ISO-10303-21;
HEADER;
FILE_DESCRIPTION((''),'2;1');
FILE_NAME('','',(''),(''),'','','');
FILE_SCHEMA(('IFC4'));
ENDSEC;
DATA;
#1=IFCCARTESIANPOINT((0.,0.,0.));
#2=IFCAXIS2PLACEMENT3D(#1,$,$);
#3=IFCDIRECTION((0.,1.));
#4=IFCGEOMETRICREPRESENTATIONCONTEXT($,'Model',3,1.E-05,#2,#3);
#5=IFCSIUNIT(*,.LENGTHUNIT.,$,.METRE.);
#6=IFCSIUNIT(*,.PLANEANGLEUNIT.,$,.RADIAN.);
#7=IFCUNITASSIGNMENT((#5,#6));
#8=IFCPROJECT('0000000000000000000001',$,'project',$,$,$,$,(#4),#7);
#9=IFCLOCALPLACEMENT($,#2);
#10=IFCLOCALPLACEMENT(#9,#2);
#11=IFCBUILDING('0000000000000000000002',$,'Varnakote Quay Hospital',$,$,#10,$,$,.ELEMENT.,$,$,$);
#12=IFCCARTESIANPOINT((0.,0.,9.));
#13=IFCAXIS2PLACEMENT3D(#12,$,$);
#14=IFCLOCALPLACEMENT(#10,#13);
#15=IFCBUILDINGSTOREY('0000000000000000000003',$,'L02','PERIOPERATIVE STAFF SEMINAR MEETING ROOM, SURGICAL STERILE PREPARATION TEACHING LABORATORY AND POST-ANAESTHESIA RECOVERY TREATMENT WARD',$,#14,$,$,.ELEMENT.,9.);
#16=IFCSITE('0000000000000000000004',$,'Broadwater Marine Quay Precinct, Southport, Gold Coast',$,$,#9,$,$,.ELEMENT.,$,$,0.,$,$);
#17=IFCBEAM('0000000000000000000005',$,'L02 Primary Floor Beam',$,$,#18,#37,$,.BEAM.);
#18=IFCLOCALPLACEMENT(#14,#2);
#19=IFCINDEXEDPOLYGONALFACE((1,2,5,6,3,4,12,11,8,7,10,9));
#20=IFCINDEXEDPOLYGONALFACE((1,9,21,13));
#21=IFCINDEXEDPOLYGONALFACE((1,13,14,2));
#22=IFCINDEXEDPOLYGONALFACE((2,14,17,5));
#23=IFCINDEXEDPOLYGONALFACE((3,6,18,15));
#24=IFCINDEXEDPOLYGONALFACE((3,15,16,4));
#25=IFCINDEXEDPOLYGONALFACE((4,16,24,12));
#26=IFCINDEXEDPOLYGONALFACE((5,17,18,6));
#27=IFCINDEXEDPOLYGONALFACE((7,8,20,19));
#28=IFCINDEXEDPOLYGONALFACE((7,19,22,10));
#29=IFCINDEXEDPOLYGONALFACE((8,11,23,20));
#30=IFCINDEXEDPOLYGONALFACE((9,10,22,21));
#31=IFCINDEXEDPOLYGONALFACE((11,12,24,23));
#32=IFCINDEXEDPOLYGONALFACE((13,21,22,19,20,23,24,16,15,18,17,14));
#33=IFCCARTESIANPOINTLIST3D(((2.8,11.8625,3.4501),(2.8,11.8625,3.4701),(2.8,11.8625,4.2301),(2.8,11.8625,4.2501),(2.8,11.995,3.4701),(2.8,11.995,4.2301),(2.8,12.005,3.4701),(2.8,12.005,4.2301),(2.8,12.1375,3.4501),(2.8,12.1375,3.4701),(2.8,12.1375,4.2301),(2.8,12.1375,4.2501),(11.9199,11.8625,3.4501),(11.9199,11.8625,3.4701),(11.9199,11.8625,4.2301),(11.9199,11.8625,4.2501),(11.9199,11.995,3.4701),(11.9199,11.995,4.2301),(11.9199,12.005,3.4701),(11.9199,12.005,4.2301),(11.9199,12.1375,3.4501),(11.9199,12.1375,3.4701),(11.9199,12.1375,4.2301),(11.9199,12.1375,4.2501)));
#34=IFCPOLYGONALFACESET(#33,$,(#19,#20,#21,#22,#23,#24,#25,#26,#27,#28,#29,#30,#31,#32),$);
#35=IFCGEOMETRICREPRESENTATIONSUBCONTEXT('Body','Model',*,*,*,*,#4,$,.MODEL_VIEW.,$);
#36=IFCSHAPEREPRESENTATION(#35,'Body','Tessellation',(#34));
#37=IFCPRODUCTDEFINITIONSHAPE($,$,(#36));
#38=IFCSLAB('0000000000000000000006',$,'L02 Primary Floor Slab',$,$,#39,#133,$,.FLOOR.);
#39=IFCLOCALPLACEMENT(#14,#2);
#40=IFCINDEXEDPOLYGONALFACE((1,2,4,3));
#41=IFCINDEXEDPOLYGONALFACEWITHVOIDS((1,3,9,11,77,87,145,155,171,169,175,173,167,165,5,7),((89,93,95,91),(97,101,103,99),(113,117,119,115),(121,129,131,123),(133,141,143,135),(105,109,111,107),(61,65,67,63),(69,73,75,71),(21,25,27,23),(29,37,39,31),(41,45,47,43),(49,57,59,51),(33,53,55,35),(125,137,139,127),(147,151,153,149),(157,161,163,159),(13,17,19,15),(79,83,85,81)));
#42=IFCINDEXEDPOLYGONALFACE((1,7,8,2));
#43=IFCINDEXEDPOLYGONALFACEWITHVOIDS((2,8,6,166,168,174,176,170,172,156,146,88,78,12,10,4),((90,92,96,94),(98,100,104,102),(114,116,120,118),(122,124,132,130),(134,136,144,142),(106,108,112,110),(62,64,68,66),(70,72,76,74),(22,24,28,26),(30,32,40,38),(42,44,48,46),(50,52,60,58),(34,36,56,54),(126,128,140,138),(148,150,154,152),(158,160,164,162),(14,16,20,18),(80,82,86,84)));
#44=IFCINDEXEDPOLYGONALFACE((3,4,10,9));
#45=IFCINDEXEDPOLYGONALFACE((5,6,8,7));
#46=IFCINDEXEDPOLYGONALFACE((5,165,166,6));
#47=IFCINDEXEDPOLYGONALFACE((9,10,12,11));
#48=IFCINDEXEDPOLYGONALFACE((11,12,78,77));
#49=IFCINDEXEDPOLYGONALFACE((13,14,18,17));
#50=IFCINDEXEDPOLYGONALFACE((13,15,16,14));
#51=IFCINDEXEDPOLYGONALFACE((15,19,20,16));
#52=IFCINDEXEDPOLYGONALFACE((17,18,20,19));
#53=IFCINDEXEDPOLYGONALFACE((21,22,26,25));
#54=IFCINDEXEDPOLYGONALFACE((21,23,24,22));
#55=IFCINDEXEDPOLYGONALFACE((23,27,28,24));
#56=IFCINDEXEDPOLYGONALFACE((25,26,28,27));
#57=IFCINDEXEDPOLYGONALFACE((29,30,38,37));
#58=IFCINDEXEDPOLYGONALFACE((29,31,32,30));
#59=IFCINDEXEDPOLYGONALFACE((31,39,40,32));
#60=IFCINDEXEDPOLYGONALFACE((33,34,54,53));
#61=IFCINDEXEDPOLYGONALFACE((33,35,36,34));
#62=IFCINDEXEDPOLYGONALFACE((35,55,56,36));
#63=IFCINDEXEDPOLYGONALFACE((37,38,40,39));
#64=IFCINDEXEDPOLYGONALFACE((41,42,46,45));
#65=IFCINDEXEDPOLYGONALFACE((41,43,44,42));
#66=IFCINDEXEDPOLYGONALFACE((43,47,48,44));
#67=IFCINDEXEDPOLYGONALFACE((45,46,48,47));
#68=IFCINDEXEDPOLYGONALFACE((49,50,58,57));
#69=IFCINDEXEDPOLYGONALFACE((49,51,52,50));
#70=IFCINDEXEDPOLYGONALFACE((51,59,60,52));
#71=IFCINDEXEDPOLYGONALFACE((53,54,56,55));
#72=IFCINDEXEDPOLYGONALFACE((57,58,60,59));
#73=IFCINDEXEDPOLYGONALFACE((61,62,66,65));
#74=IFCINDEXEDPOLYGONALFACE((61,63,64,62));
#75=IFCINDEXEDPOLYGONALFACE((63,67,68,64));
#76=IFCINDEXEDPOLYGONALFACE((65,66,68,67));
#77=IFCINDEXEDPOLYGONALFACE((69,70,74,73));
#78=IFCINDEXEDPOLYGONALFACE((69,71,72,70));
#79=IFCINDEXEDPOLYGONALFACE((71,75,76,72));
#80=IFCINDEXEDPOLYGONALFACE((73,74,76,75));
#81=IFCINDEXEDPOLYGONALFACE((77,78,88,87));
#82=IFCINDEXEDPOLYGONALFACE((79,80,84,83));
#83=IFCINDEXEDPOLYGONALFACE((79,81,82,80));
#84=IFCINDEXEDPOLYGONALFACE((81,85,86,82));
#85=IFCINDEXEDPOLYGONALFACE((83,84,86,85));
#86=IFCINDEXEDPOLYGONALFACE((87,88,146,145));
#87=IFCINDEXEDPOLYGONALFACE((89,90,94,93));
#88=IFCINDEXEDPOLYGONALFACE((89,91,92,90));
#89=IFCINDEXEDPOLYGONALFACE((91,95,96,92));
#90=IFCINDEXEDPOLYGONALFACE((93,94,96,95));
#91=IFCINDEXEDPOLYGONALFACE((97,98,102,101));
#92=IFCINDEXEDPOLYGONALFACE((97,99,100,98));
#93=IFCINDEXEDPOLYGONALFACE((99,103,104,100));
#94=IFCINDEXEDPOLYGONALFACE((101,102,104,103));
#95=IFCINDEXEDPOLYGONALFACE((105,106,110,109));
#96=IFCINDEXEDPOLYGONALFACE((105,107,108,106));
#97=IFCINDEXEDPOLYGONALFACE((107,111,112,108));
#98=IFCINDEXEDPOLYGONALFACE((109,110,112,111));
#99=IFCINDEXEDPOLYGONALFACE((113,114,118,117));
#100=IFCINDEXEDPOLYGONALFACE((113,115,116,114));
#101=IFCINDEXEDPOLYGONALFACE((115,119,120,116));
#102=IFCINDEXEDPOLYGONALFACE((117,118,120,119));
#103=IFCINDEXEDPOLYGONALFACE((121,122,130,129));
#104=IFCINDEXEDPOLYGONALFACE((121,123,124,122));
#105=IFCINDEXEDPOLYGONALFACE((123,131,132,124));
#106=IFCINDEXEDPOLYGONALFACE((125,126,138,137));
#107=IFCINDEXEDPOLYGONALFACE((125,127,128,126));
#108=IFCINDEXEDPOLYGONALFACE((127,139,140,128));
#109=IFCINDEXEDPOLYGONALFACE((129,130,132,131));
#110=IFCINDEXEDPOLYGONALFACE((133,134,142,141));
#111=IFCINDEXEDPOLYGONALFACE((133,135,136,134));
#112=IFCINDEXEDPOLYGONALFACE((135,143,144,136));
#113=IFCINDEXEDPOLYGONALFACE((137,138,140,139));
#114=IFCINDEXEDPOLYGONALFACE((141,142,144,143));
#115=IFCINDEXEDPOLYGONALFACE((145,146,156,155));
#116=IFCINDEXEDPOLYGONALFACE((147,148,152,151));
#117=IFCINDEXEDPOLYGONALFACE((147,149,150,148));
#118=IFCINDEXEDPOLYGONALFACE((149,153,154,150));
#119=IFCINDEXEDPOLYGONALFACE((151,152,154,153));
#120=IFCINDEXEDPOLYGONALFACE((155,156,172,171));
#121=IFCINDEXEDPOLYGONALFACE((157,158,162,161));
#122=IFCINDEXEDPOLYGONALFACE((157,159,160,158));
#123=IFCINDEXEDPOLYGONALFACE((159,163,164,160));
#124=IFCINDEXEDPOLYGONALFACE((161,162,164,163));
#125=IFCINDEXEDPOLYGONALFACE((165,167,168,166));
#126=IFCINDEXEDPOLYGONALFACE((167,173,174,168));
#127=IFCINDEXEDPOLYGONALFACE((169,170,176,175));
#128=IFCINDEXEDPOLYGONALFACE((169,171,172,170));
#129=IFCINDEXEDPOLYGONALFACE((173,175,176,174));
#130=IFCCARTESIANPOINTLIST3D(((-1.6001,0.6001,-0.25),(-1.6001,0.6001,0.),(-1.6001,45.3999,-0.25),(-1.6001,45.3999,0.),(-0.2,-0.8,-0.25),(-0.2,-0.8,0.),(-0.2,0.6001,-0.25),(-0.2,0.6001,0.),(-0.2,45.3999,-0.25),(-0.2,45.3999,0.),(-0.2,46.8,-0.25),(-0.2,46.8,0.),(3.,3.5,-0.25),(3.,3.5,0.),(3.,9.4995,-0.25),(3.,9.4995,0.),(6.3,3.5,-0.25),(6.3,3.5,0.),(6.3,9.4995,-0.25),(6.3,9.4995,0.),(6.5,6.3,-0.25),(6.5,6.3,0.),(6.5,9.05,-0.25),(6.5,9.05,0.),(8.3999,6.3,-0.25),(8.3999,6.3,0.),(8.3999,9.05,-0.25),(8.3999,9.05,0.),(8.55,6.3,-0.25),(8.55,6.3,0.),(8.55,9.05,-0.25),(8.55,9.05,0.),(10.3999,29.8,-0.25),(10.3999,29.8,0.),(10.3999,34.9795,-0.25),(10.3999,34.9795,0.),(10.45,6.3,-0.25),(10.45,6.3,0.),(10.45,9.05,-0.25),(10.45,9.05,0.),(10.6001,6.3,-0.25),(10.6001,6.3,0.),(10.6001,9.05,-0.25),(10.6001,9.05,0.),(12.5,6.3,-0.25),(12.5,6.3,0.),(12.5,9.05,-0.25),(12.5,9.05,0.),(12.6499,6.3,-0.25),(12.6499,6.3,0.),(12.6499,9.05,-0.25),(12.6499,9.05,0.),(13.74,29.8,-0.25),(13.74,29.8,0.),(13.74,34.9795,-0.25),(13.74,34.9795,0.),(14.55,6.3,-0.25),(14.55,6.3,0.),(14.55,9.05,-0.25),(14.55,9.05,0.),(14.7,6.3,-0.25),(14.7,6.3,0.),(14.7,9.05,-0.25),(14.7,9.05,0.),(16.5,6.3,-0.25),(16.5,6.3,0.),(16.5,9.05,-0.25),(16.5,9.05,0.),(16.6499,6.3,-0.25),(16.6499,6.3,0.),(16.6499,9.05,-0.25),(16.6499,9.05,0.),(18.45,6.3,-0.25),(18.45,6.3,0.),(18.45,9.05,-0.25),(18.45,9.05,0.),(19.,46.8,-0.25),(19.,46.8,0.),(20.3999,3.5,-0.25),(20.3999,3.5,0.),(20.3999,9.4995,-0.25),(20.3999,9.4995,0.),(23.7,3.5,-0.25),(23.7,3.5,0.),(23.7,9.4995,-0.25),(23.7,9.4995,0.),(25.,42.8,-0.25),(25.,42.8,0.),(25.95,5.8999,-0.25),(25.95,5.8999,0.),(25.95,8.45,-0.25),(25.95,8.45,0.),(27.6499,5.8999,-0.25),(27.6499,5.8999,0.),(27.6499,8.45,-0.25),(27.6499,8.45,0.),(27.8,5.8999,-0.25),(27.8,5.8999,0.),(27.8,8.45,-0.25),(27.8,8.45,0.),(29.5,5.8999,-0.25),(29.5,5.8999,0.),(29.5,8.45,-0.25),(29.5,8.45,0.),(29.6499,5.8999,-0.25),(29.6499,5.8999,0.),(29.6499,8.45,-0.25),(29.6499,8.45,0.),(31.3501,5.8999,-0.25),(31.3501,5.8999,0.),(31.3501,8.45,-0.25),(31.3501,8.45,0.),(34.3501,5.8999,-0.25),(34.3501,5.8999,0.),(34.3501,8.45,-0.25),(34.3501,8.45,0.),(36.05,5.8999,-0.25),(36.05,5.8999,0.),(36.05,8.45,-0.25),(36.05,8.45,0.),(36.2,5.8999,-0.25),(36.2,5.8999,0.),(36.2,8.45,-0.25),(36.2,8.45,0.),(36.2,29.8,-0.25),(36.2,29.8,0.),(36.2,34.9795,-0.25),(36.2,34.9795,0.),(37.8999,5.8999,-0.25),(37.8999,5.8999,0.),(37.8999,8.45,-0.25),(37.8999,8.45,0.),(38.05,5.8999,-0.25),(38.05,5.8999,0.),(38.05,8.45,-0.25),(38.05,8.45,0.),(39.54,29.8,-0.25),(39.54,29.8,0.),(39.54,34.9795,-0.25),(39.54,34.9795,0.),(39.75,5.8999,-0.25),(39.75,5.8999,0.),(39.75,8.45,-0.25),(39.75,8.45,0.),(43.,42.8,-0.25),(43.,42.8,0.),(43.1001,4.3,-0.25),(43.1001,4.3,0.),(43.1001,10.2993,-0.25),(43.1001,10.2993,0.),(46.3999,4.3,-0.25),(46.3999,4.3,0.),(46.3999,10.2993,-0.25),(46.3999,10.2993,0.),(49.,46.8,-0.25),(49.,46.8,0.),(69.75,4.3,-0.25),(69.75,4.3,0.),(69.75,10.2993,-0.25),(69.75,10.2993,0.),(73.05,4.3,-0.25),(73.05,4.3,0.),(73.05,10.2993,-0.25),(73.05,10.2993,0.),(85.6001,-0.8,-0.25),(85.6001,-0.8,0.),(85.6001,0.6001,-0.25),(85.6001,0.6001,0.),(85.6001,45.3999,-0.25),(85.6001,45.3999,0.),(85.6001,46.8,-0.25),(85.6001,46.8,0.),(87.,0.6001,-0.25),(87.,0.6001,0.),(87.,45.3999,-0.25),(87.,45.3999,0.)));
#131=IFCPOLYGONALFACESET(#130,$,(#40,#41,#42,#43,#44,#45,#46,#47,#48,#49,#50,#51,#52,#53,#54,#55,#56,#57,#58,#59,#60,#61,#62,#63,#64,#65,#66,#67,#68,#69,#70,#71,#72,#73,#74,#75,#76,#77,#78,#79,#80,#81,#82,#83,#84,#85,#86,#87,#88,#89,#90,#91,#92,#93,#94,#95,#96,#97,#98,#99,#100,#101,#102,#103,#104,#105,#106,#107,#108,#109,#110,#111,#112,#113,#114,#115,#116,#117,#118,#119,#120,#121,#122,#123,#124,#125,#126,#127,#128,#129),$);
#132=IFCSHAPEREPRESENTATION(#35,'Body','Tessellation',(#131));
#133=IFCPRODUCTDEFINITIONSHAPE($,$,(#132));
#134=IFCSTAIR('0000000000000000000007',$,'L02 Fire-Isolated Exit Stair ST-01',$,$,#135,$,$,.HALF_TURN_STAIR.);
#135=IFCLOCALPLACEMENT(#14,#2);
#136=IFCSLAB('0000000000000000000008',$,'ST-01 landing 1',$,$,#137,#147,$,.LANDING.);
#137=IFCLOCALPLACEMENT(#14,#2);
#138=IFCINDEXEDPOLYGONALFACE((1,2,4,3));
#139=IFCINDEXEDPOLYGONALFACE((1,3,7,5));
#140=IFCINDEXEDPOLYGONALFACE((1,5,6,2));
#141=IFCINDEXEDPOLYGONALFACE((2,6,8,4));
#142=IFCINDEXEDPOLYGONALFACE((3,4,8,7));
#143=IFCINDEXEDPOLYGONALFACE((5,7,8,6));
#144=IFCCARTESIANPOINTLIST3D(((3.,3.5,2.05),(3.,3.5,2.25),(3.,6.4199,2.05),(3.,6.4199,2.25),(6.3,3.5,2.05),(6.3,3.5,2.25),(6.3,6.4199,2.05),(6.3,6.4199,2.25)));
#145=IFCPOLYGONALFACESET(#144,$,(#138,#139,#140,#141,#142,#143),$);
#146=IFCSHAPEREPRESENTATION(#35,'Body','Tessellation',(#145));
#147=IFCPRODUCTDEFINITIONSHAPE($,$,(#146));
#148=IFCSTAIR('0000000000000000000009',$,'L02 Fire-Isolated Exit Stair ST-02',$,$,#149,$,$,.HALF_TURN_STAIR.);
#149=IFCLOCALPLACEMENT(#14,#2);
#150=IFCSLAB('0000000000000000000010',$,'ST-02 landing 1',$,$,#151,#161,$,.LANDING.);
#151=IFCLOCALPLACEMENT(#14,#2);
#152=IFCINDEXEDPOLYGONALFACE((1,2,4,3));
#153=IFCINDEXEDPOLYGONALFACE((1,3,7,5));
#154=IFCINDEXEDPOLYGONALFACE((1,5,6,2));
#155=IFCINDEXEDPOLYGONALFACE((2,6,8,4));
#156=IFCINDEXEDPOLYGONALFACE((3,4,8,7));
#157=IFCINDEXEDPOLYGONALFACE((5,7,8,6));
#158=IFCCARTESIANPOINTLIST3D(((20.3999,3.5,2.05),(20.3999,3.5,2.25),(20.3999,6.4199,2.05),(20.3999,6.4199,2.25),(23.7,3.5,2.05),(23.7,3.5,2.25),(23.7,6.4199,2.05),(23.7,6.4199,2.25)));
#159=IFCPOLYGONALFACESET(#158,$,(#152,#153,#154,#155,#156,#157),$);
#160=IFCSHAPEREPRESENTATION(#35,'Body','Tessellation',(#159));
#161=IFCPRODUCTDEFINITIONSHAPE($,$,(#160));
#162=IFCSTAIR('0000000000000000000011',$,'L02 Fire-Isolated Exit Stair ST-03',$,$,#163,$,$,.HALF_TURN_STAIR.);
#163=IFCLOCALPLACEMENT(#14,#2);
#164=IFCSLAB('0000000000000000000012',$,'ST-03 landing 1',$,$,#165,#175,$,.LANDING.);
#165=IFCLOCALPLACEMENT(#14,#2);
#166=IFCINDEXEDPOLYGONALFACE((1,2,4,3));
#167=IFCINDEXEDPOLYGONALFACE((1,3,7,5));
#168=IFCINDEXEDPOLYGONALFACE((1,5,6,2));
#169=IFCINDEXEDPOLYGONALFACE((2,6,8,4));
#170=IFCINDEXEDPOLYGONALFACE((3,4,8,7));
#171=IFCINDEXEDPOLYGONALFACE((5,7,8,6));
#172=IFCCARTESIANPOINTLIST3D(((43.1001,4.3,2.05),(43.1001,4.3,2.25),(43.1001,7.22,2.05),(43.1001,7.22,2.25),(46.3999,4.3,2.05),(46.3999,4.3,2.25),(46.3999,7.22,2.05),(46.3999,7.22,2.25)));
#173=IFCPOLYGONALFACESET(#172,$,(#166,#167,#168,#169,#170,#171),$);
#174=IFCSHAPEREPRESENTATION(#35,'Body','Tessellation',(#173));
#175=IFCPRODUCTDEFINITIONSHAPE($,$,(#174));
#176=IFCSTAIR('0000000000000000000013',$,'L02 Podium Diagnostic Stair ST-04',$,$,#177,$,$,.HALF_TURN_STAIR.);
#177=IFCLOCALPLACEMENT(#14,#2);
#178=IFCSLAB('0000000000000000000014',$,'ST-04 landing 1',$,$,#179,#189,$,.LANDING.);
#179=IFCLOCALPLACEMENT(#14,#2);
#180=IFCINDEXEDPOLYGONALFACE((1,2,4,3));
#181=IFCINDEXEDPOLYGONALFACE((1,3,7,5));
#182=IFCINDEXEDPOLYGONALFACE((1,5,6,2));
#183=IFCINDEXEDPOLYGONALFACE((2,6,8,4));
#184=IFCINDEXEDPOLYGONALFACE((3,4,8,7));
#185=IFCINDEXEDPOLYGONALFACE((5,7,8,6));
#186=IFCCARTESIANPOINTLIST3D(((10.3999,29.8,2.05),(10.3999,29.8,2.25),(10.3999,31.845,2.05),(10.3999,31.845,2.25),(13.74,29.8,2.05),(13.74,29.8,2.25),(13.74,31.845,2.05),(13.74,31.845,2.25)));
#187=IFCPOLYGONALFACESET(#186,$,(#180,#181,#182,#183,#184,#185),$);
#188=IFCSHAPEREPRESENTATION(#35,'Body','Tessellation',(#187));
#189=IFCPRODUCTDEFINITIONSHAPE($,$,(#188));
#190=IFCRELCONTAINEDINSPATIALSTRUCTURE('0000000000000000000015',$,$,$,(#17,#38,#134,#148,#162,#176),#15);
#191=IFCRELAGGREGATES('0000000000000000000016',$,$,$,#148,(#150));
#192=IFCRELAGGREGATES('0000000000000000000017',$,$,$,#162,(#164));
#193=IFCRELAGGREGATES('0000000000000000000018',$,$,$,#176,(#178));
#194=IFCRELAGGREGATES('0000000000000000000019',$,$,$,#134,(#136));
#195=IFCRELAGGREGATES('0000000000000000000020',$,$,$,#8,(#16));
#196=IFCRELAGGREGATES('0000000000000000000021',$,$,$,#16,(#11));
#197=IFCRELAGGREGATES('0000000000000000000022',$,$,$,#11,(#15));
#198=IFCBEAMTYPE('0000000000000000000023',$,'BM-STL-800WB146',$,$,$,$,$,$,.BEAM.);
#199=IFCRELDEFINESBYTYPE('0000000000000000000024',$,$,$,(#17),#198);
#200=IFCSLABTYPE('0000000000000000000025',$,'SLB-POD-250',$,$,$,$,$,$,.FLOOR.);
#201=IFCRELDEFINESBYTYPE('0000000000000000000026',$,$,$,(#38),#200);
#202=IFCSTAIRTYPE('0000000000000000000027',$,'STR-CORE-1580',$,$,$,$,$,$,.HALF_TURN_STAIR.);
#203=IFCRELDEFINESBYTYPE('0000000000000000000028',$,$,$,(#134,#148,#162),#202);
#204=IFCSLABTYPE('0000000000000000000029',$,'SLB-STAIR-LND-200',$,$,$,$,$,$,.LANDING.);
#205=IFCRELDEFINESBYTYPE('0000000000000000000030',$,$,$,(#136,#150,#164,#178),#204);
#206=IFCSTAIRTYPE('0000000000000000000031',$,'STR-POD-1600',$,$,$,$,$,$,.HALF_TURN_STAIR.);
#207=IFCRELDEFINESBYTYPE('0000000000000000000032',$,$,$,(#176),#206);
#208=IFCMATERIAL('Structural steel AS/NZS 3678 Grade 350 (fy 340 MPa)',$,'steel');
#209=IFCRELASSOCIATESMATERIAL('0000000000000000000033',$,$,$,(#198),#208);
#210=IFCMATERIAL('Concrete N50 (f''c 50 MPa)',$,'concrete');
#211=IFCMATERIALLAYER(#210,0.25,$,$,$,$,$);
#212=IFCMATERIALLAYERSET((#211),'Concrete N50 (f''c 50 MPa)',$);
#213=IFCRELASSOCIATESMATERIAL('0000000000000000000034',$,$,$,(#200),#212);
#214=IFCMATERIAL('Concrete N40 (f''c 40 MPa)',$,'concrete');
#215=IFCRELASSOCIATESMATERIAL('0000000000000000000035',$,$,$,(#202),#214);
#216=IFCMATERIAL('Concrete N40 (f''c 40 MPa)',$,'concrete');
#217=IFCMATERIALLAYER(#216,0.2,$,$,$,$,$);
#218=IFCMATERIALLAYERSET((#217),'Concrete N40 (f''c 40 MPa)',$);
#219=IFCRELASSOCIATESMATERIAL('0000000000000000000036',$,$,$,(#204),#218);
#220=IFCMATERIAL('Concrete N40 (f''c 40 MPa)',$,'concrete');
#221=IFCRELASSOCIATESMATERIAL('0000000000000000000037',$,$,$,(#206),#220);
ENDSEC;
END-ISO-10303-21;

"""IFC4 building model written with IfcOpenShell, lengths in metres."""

from ifc_helpers import new_model, si_unit, direction, frame, origin, origin_2d, place, context, subcontext, project, spatial, polyline, i_section, outline, extrude, material, layer, layer_set, material_profile, profile_set, type_object, element, aggregate, save


model = new_model("IFC4")

# Units and contexts
model_context = context("Model", 3, precision=1e-05, world=origin(), true_north=direction((0.0, 1.0)))
body_context = subcontext(model_context, "Body", "Model", "MODEL_VIEW")
ifc_project = project(units=[si_unit("LENGTHUNIT", "METRE"), si_unit("PLANEANGLEUNIT", "RADIAN")], contexts=[model_context])

# Site, building, storey
site_placement = place(None, origin())
site = spatial("IfcSite", under=ifc_project, at=site_placement, Name="Broadwater Marine Quay Precinct, Southport, Gold Coast", CompositionType="ELEMENT", RefElevation=0.0)
building_placement = place(site_placement, origin())
building = spatial("IfcBuilding", under=site, at=building_placement, Name="Varnakote Quay Hospital", CompositionType="ELEMENT")
storey_placement = place(building_placement, frame((0.0, 0.0, 9.0)))
storey = spatial("IfcBuildingStorey", under=building, at=storey_placement, Name="L02", Description="PERIOPERATIVE STAFF SEMINAR MEETING ROOM, SURGICAL STERILE PREPARATION TEACHING LABORATORY AND POST-ANAESTHESIA RECOVERY TREATMENT WARD", CompositionType="ELEMENT", Elevation=9.0)

# Beam
ifc_material_1 = material(Name="Structural steel AS/NZS 3678 Grade 350 (fy 340 MPa)", Category="steel")
ifc_material_profile_1 = material_profile(ifc_material_1, i_section(OverallWidth=0.2749, OverallDepth=0.8, WebThickness=0.01, FlangeThickness=0.02, at=origin_2d()), Name="800WB146")
ifc_profile_set_1 = profile_set([ifc_material_profile_1], Name="Structural steel AS/NZS 3678 Grade 350 (fy 340 MPa)")
beam_type_1 = type_object("IfcBeamType", Name="BM-STL-800WB146", PredefinedType="BEAM", material=ifc_profile_set_1)
beam_1_placement = place(storey_placement, frame((2.8, 12.0, 3.8501), z_axis=(1.0, 0.0, 0.0), x_axis=(0.0, 1.0, 0.0)))
element("IfcBeam", 1, at=beam_1_placement, inside=storey, type_object=beam_type_1, Name="L02 Primary Floor Beam", PredefinedType="BEAM", context=body_context, shape_type="SweptSolid", body=[
    extrude(i_section(OverallWidth=0.2749, OverallDepth=0.8, WebThickness=0.01, FlangeThickness=0.02, at=origin_2d()), origin(), (0.0, 0.0, 1.0), 9.1199),
])

# Slab
ifc_material_2 = material(Name="Concrete N50 (f'c 50 MPa)", Category="concrete")
ifc_layer_1 = layer(ifc_material_2, 0.25)
ifc_layer_set_1 = layer_set([ifc_layer_1], Name="Concrete N50 (f'c 50 MPa)")
slab_type_1 = type_object("IfcSlabType", Name="SLB-POD-250", PredefinedType="FLOOR", material=ifc_layer_set_1)
slab_1_placement = place(storey_placement, frame((0.0, 0.0, -0.25)))
element("IfcSlab", 2, at=slab_1_placement, inside=storey, type_object=slab_type_1, Name="L02 Primary Floor Slab", PredefinedType="FLOOR", context=body_context, shape_type="SweptSolid", body=[
    extrude(outline(polyline([(-1.6001, 0.6001), (-0.2, 0.6001), (-0.2, -0.8), (85.6001, -0.8), (85.6001, 0.6001), (87.0, 0.6001), (87.0, 45.3999), (85.6001, 45.3999), (85.6001, 46.8), (49.0, 46.8), (43.0, 42.8), (25.0, 42.8), (19.0, 46.8), (-0.2, 46.8), (-0.2, 45.3999), (-1.6001, 45.3999), (-1.6001, 0.6001)]), holes=[polyline([(3.0, 3.5), (6.3, 3.5), (6.3, 9.4995), (3.0, 9.4995), (3.0, 3.5)]), polyline([(20.3999, 3.5), (23.7, 3.5), (23.7, 9.4995), (20.3999, 9.4995), (20.3999, 3.5)]), polyline([(43.1001, 4.3), (46.3999, 4.3), (46.3999, 10.2993), (43.1001, 10.2993), (43.1001, 4.3)]), polyline([(10.3999, 29.8), (13.74, 29.8), (13.74, 34.9795), (10.3999, 34.9795), (10.3999, 29.8)]), polyline([(36.2, 29.8), (39.54, 29.8), (39.54, 34.9795), (36.2, 34.9795), (36.2, 29.8)]), polyline([(69.75, 4.3), (73.05, 4.3), (73.05, 10.2993), (69.75, 10.2993), (69.75, 4.3)]), polyline([(6.5, 6.3), (8.3999, 6.3), (8.3999, 9.05), (6.5, 9.05), (6.5, 6.3)]), polyline([(8.55, 6.3), (10.45, 6.3), (10.45, 9.05), (8.55, 9.05), (8.55, 6.3)]), polyline([(10.6001, 6.3), (12.5, 6.3), (12.5, 9.05), (10.6001, 9.05), (10.6001, 6.3)]), polyline([(12.6499, 6.3), (14.55, 6.3), (14.55, 9.05), (12.6499, 9.05), (12.6499, 6.3)]), polyline([(14.7, 6.3), (16.5, 6.3), (16.5, 9.05), (14.7, 9.05), (14.7, 6.3)]), polyline([(16.6499, 6.3), (18.45, 6.3), (18.45, 9.05), (16.6499, 9.05), (16.6499, 6.3)]), polyline([(25.95, 5.8999), (27.6499, 5.8999), (27.6499, 8.45), (25.95, 8.45), (25.95, 5.8999)]), polyline([(27.8, 5.8999), (29.5, 5.8999), (29.5, 8.45), (27.8, 8.45), (27.8, 5.8999)]), polyline([(29.6499, 5.8999), (31.3501, 5.8999), (31.3501, 8.45), (29.6499, 8.45), (29.6499, 5.8999)]), polyline([(34.3501, 5.8999), (36.05, 5.8999), (36.05, 8.45), (34.3501, 8.45), (34.3501, 5.8999)]), polyline([(36.2, 5.8999), (37.8999, 5.8999), (37.8999, 8.45), (36.2, 8.45), (36.2, 5.8999)]), polyline([(38.05, 5.8999), (39.75, 5.8999), (39.75, 8.45), (38.05, 8.45), (38.05, 5.8999)])]), origin(), (0.0, 0.0, 1.0), 0.25),
])

# Stairs, slabs
ifc_material_3 = material(Name="Concrete N40 (f'c 40 MPa)", Category="concrete")
stair_type_1 = type_object("IfcStairType", Name="STR-CORE-1580", PredefinedType="HALF_TURN_STAIR", material=ifc_material_3)
stair_1_placement = place(storey_placement, origin())
stair_1 = element("IfcStair", 3, at=stair_1_placement, inside=storey, type_object=stair_type_1, Name="L02 Fire-Isolated Exit Stair ST-01", PredefinedType="HALF_TURN_STAIR")
ifc_material_4 = material(Name="Concrete N40 (f'c 40 MPa)", Category="concrete")
ifc_layer_2 = layer(ifc_material_4, 0.2)
ifc_layer_set_2 = layer_set([ifc_layer_2], Name="Concrete N40 (f'c 40 MPa)")
slab_type_2 = type_object("IfcSlabType", Name="SLB-STAIR-LND-200", PredefinedType="LANDING", material=ifc_layer_set_2)
slab_2_placement = place(storey_placement, frame((0.0, 0.0, 2.05)))
slab_2 = element("IfcSlab", 4, at=slab_2_placement, type_object=slab_type_2, Name="ST-01 landing 1", PredefinedType="LANDING", context=body_context, shape_type="SweptSolid", body=[
    extrude(outline(polyline([(3.0, 6.4199), (3.0, 3.5), (6.3, 3.5), (6.3, 6.4199), (3.0, 6.4199)])), origin(), (0.0, 0.0, 1.0), 0.2),
])
stair_2_placement = place(storey_placement, origin())
stair_2 = element("IfcStair", 5, at=stair_2_placement, inside=storey, type_object=stair_type_1, Name="L02 Fire-Isolated Exit Stair ST-02", PredefinedType="HALF_TURN_STAIR")
slab_3_placement = place(storey_placement, frame((0.0, 0.0, 2.05)))
slab_3 = element("IfcSlab", 6, at=slab_3_placement, type_object=slab_type_2, Name="ST-02 landing 1", PredefinedType="LANDING", context=body_context, shape_type="SweptSolid", body=[
    extrude(outline(polyline([(20.3999, 6.4199), (20.3999, 3.5), (23.7, 3.5), (23.7, 6.4199), (20.3999, 6.4199)])), origin(), (0.0, 0.0, 1.0), 0.2),
])
aggregate(stair_2, [slab_3])
stair_3_placement = place(storey_placement, origin())
stair_3 = element("IfcStair", 7, at=stair_3_placement, inside=storey, type_object=stair_type_1, Name="L02 Fire-Isolated Exit Stair ST-03", PredefinedType="HALF_TURN_STAIR")
slab_4_placement = place(storey_placement, frame((0.0, 0.0, 2.05)))
slab_4 = element("IfcSlab", 8, at=slab_4_placement, type_object=slab_type_2, Name="ST-03 landing 1", PredefinedType="LANDING", context=body_context, shape_type="SweptSolid", body=[
    extrude(outline(polyline([(43.1001, 7.22), (43.1001, 4.3), (46.3999, 4.3), (46.3999, 7.22), (43.1001, 7.22)])), origin(), (0.0, 0.0, 1.0), 0.2),
])
aggregate(stair_3, [slab_4])
ifc_material_5 = material(Name="Concrete N40 (f'c 40 MPa)", Category="concrete")
stair_type_2 = type_object("IfcStairType", Name="STR-POD-1600", PredefinedType="HALF_TURN_STAIR", material=ifc_material_5)
stair_4_placement = place(storey_placement, origin())
stair_4 = element("IfcStair", 9, at=stair_4_placement, inside=storey, type_object=stair_type_2, Name="L02 Podium Diagnostic Stair ST-04", PredefinedType="HALF_TURN_STAIR")
slab_5_placement = place(storey_placement, frame((0.0, 0.0, 2.05)))
slab_5 = element("IfcSlab", 10, at=slab_5_placement, type_object=slab_type_2, Name="ST-04 landing 1", PredefinedType="LANDING", context=body_context, shape_type="SweptSolid", body=[
    extrude(outline(polyline([(10.3999, 31.845), (10.3999, 29.8), (13.74, 29.8), (13.74, 31.845), (10.3999, 31.845)])), origin(), (0.0, 0.0, 1.0), 0.2),
])
aggregate(stair_4, [slab_5])

aggregate(stair_1, [slab_2])

save(model, "model.ifc")
